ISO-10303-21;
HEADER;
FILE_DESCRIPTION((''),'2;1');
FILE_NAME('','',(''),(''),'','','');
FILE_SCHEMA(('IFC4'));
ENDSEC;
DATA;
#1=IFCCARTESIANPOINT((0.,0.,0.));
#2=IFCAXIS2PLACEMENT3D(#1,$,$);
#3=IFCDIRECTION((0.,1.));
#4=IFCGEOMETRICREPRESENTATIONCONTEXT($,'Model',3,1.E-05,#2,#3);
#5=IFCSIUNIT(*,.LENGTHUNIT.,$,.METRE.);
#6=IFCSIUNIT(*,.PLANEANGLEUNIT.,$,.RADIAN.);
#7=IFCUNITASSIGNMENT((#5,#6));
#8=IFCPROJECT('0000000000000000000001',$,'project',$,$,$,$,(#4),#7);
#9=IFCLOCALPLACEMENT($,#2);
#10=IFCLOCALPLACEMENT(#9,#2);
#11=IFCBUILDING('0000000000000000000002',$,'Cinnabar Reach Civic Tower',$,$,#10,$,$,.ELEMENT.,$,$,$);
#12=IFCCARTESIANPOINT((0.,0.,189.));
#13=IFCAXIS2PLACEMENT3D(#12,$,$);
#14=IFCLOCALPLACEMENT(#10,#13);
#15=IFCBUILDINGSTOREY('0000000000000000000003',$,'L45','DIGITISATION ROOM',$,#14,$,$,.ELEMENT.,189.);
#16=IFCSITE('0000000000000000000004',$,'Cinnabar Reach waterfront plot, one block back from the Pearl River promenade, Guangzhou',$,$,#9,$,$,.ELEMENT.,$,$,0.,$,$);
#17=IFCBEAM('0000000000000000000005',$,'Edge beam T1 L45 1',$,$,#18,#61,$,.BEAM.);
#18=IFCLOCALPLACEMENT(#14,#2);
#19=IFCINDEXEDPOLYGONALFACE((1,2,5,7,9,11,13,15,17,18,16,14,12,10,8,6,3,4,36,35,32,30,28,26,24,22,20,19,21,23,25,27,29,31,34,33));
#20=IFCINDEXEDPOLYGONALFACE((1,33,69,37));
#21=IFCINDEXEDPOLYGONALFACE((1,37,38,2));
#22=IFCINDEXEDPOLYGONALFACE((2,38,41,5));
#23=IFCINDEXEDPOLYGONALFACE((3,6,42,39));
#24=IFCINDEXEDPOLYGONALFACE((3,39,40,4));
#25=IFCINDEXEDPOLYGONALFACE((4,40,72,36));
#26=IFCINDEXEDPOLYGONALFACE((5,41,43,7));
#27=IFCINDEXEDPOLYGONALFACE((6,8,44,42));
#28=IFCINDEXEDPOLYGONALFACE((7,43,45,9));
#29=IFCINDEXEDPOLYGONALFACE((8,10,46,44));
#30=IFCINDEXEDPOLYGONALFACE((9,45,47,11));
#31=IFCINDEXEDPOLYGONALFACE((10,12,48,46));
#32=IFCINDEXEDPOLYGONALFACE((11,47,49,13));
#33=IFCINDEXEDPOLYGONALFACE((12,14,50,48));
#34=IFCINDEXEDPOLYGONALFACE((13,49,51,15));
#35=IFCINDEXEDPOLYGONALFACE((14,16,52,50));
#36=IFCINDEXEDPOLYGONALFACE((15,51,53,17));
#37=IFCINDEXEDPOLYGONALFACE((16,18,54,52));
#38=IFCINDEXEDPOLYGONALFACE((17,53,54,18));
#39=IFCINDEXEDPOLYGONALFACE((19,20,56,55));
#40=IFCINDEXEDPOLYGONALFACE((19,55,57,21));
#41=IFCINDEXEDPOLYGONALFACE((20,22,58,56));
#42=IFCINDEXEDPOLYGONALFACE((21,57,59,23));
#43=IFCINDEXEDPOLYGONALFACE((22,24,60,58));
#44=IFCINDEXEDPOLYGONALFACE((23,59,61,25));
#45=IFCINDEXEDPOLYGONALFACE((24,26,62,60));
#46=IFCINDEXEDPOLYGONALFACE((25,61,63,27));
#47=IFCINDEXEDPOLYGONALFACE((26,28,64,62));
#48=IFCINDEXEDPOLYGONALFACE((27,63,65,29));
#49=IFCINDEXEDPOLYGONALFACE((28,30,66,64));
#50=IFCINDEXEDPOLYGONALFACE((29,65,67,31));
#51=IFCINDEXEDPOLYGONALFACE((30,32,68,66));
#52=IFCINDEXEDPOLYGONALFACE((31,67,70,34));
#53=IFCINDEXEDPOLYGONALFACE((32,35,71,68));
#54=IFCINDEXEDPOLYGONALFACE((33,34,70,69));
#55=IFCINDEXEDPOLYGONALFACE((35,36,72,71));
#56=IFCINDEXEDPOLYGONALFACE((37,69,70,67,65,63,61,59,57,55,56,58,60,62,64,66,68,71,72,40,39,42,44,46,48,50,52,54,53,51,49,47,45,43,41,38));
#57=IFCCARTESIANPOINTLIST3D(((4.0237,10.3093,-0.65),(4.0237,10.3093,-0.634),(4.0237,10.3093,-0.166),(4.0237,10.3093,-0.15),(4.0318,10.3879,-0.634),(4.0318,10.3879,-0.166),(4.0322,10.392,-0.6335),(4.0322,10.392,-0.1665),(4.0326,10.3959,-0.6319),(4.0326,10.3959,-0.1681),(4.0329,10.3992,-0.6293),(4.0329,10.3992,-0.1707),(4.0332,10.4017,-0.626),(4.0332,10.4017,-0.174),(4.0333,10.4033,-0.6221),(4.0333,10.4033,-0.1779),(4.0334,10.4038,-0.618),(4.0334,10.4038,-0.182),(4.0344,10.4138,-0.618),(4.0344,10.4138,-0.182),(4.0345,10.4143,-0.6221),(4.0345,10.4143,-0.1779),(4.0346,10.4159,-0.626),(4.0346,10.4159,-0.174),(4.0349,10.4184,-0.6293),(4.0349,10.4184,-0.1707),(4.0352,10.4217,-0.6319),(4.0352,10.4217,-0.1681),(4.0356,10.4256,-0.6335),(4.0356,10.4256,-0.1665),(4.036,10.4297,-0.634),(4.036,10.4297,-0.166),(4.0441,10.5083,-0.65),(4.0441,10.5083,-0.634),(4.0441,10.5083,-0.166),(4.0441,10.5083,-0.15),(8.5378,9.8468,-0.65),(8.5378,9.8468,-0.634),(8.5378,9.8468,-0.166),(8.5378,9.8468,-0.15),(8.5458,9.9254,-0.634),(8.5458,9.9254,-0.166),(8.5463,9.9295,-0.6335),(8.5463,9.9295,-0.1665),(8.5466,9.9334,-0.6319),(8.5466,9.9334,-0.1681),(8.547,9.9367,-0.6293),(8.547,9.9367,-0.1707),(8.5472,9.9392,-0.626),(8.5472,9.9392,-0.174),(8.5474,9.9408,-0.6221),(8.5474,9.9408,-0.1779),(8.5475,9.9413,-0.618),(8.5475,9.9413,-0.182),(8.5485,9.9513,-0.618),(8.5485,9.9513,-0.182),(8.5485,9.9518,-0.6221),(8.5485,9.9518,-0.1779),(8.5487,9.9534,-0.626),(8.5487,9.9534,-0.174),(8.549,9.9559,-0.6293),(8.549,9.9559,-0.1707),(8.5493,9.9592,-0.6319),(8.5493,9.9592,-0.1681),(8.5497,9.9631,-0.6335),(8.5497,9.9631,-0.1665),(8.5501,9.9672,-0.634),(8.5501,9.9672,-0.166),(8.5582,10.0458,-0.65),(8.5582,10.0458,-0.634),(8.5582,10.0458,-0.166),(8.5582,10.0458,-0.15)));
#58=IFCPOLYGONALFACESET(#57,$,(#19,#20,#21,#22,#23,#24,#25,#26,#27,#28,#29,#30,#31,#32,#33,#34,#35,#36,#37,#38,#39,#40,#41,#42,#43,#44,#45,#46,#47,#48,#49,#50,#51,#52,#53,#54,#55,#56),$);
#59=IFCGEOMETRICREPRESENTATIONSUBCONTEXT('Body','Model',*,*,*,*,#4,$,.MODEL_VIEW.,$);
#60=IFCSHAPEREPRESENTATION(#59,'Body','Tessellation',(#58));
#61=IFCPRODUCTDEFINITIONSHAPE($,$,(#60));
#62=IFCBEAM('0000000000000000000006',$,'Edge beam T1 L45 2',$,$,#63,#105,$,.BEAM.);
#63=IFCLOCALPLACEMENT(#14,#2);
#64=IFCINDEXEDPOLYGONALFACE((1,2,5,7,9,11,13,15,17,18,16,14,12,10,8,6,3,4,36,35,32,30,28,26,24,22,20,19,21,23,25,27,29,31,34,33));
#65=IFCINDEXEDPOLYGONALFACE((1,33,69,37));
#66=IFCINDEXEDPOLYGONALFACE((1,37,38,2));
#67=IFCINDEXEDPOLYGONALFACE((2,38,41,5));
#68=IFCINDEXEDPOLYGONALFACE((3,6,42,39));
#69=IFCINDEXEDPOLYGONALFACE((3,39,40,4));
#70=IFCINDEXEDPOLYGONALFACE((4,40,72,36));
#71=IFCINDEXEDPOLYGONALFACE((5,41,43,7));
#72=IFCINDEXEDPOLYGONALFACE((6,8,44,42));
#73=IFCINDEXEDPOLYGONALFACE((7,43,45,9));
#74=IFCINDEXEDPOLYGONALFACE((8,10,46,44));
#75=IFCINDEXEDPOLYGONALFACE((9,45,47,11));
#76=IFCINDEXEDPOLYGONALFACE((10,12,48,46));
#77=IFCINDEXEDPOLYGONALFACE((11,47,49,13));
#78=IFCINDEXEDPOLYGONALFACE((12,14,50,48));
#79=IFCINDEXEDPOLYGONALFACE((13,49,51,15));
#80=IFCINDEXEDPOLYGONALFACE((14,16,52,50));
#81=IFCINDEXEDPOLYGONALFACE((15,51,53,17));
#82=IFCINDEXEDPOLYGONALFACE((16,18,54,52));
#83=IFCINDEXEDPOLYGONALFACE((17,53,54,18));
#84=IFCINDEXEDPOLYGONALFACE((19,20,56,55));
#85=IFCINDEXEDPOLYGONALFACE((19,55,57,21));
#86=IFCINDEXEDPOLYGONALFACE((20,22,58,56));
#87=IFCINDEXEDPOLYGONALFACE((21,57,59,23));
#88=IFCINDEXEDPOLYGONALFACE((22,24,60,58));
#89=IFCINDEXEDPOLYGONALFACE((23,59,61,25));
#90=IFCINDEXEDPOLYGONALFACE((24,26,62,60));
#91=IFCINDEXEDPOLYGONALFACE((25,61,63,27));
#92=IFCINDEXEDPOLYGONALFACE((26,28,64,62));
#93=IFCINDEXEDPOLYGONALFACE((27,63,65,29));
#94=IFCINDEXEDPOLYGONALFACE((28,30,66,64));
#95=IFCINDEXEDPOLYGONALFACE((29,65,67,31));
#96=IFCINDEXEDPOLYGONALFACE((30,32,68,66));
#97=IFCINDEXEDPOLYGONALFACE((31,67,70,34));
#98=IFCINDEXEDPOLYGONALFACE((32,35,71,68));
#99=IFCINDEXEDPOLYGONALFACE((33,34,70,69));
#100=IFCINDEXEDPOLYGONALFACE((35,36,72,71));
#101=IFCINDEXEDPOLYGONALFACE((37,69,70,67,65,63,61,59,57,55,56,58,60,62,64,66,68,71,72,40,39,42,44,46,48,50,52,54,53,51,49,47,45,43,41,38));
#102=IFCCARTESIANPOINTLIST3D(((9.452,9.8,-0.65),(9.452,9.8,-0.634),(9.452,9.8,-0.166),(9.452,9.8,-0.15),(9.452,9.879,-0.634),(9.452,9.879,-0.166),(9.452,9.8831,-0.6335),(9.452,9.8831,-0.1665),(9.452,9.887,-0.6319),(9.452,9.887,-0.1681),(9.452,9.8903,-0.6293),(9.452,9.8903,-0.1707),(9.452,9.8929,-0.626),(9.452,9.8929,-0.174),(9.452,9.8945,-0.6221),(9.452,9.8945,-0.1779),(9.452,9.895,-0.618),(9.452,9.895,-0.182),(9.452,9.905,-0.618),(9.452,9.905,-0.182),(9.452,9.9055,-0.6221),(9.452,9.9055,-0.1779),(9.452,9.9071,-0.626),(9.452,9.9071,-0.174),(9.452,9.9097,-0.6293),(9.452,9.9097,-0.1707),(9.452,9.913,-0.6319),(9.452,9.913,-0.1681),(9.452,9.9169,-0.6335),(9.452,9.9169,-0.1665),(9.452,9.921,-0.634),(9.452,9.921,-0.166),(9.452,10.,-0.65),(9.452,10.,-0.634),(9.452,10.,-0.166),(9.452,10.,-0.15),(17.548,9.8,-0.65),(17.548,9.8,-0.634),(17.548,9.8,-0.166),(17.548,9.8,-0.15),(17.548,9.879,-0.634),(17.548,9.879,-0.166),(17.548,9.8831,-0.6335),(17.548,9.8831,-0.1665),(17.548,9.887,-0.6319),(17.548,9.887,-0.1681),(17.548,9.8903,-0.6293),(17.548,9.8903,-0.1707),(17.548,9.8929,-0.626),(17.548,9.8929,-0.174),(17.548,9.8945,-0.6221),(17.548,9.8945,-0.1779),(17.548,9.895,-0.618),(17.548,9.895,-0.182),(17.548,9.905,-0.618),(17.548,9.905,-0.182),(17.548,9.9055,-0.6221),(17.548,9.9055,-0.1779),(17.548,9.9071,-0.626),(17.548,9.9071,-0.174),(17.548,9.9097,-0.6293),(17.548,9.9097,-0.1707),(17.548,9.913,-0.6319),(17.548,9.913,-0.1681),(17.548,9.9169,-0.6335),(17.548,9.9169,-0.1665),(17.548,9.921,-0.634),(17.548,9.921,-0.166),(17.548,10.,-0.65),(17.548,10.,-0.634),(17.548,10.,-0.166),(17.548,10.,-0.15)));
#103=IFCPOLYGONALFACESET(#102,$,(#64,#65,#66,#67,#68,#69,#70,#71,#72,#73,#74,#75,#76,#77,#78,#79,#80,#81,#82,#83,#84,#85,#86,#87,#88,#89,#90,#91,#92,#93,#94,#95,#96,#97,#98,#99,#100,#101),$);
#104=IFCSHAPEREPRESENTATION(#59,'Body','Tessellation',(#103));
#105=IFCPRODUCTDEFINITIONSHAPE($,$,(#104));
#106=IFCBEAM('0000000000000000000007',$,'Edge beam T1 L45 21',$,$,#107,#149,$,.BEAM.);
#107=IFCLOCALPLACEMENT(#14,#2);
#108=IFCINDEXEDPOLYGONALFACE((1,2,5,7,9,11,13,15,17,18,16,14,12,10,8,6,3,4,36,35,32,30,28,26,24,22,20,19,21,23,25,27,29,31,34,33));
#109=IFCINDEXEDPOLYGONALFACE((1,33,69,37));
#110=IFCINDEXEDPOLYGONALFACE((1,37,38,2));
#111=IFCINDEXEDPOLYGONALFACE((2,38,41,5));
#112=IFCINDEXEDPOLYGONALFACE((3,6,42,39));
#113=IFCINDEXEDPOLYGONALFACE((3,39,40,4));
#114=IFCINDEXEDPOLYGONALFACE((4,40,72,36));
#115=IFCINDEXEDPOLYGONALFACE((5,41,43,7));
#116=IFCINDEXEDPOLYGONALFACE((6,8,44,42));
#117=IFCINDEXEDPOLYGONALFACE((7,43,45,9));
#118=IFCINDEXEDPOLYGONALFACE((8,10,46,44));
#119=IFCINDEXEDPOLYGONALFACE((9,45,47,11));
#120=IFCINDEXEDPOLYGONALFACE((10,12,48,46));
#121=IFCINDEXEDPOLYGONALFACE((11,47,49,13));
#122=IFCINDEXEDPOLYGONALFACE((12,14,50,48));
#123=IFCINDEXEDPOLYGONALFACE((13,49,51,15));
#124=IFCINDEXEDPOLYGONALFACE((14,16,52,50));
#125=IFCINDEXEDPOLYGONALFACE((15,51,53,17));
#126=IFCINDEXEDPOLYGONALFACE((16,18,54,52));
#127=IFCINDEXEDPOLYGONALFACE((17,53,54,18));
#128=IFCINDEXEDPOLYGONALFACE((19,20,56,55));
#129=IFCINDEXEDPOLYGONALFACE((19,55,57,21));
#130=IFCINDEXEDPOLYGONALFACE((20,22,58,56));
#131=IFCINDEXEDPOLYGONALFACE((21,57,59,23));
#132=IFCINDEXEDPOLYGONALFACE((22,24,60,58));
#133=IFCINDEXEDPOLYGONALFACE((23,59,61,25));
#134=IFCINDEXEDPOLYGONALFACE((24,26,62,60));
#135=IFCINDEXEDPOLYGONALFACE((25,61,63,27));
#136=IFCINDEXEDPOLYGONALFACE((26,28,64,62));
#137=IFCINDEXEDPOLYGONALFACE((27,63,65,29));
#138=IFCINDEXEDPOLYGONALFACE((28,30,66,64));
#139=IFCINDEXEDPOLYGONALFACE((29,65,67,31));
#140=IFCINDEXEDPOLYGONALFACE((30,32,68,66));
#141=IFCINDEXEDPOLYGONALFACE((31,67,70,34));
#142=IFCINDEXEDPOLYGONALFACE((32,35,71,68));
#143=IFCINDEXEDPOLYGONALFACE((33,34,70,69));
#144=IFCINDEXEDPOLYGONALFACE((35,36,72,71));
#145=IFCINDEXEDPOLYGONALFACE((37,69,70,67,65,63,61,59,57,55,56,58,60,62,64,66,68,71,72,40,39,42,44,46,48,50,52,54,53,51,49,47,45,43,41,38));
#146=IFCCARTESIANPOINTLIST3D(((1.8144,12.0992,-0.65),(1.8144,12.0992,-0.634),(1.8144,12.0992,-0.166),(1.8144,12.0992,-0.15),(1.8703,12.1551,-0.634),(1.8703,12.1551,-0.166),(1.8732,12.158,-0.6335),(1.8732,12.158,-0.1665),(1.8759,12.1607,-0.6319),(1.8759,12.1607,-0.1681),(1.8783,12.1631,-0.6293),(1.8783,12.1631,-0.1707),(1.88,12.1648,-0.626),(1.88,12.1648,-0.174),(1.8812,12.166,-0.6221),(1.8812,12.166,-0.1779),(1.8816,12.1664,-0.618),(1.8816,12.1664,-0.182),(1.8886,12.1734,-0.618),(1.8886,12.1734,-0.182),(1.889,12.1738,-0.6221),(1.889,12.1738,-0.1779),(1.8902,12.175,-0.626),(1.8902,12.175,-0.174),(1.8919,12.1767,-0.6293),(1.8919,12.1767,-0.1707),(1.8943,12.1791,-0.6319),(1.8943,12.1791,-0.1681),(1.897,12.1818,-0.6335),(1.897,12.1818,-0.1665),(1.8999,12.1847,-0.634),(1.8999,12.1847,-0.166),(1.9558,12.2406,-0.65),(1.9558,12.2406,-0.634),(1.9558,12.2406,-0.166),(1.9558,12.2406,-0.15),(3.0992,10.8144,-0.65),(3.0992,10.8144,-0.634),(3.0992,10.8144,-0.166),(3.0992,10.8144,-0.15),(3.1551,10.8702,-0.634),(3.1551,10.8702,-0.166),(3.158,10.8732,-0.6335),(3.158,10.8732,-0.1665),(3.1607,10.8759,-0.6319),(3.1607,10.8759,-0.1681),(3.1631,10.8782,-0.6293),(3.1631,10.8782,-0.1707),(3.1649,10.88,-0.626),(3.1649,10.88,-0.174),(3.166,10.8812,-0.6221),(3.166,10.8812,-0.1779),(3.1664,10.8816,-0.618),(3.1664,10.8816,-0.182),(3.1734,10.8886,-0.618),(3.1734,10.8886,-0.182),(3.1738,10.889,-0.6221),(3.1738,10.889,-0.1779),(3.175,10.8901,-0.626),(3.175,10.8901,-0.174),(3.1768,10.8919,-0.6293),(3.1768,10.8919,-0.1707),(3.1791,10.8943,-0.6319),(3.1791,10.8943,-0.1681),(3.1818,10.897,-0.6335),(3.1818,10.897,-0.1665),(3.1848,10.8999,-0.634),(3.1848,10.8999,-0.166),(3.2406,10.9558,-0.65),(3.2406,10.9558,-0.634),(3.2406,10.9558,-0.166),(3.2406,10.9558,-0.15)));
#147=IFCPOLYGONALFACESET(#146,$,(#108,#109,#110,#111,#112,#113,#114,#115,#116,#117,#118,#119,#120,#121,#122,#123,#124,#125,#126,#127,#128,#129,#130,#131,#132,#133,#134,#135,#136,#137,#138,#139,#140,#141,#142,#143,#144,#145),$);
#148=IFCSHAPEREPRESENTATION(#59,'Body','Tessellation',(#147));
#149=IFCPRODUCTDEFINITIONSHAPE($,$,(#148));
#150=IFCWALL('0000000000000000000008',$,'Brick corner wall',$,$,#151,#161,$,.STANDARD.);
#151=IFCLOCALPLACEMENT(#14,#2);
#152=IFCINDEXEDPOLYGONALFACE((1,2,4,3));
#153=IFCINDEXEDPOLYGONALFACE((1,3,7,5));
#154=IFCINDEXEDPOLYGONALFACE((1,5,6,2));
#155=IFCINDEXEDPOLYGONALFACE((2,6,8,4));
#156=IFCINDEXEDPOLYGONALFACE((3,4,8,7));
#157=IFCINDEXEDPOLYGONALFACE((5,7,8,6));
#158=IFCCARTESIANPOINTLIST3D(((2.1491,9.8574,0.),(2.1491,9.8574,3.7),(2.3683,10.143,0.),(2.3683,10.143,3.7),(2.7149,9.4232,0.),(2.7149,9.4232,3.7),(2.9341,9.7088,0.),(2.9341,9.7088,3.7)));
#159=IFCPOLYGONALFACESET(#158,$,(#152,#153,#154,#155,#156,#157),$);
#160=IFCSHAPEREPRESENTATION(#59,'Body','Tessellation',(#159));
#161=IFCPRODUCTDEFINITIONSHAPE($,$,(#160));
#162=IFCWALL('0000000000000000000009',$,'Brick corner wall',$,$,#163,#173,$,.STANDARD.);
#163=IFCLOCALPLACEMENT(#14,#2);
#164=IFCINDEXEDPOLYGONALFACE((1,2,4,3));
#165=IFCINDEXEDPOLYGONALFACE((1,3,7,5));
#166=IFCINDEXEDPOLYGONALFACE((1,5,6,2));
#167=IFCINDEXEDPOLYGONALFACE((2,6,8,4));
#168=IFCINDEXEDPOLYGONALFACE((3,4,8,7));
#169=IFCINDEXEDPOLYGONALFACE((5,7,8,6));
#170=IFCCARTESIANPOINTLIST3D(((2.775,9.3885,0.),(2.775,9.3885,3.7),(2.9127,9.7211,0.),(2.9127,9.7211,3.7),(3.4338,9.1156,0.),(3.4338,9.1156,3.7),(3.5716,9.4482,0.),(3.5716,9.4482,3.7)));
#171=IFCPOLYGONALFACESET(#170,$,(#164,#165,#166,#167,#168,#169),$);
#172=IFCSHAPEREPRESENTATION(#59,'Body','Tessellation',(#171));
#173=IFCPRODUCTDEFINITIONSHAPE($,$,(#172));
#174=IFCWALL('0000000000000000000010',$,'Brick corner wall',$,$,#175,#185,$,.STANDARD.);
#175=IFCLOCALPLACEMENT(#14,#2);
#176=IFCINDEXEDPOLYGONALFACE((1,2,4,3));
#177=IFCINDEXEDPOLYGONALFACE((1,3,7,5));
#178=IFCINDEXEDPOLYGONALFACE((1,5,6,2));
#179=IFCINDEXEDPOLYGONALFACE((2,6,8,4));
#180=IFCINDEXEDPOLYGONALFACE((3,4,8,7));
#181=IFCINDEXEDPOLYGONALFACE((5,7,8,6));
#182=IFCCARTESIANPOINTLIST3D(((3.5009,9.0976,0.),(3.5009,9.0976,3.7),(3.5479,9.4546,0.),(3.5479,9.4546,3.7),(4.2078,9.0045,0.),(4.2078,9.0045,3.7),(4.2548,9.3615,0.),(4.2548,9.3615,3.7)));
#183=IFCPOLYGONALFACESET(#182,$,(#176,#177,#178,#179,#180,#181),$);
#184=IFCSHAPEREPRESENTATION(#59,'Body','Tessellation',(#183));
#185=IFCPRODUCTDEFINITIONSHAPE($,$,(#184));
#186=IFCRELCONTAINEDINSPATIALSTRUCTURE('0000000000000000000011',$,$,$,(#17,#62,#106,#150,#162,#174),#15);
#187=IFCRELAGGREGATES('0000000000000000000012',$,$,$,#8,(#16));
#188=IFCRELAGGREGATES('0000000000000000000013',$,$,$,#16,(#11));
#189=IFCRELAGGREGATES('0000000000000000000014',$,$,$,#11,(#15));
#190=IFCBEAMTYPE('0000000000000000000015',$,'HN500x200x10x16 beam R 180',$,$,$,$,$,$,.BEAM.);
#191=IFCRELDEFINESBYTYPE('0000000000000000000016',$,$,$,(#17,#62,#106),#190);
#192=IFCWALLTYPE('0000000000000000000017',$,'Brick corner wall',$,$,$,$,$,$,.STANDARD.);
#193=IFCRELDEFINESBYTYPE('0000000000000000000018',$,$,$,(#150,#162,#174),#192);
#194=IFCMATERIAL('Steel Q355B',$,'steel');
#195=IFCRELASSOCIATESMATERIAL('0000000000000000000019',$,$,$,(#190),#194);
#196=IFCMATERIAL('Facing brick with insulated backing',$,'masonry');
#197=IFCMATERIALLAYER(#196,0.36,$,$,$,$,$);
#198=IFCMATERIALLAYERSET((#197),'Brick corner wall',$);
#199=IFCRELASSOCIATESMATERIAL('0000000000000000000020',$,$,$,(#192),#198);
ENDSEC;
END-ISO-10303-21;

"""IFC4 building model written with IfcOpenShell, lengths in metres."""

from ifc_helpers import new_model, si_unit, direction, frame, frame_2d, origin, origin_2d, place, context, subcontext, project, spatial, rectangle, i_section, extrude, material, layer, layer_set, material_profile, profile_set, type_object, element, save


model = new_model("IFC4")

# Units and contexts
model_context = context("Model", 3, precision=1e-05, world=origin(), true_north=direction((0.0, 1.0)))
body_context = subcontext(model_context, "Body", "Model", "MODEL_VIEW")
ifc_project = project(units=[si_unit("LENGTHUNIT", "METRE"), si_unit("PLANEANGLEUNIT", "RADIAN")], contexts=[model_context])

# Site, building, storey
site_placement = place(None, origin())
site = spatial("IfcSite", under=ifc_project, at=site_placement, Name="Cinnabar Reach waterfront plot, one block back from the Pearl River promenade, Guangzhou", CompositionType="ELEMENT", RefElevation=0.0)
building_placement = place(site_placement, origin())
building = spatial("IfcBuilding", under=site, at=building_placement, Name="Cinnabar Reach Civic Tower", CompositionType="ELEMENT")
storey_placement = place(building_placement, frame((0.0, 0.0, 189.0)))
storey = spatial("IfcBuildingStorey", under=building, at=storey_placement, Name="L45", Description="DIGITISATION ROOM", CompositionType="ELEMENT", Elevation=189.0)

# Beams
ifc_material_1 = material(Name="Steel Q355B", Category="steel")
ifc_material_profile_1 = material_profile(ifc_material_1, i_section(OverallWidth=0.2, OverallDepth=0.5, WebThickness=0.01, FlangeThickness=0.016, FilletRadius=0.016, at=origin_2d()), Name="HN500x200x10x16")
ifc_profile_set_1 = profile_set([ifc_material_profile_1], Name="Steel Q355B")
beam_type_1 = type_object("IfcBeamType", Name="HN500x200x10x16 beam R 180", PredefinedType="BEAM", material=ifc_profile_set_1)
beam_1_placement = place(storey_placement, frame((4.0339, 10.4088, -0.4), z_axis=(0.994792, -0.101923, 0.0), x_axis=(0.101923, 0.994792, 0.0)))
element("IfcBeam", 1, at=beam_1_placement, inside=storey, type_object=beam_type_1, Name="Edge beam T1 L45 1", PredefinedType="BEAM", context=body_context, shape_type="SweptSolid", body=[
    extrude(i_section(OverallWidth=0.2, OverallDepth=0.5, WebThickness=0.01, FlangeThickness=0.016, FilletRadius=0.016, at=origin_2d()), origin(), (0.0, 0.0, 1.0), 4.5377),
])
beam_2_placement = place(storey_placement, frame((9.452, 9.9, -0.4), z_axis=(1.0, 0.0, 0.0), x_axis=(0.0, 1.0, 0.0)))
element("IfcBeam", 2, at=beam_2_placement, inside=storey, type_object=beam_type_1, Name="Edge beam T1 L45 2", PredefinedType="BEAM", context=body_context, shape_type="SweptSolid", body=[
    extrude(i_section(OverallWidth=0.2, OverallDepth=0.5, WebThickness=0.01, FlangeThickness=0.016, FilletRadius=0.016, at=origin_2d()), origin(), (0.0, 0.0, 1.0), 8.096),
])
beam_3_placement = place(storey_placement, frame((1.8851, 12.1699, -0.4), z_axis=(0.707107, -0.707107, 0.0), x_axis=(0.707107, 0.707107, 0.0)))
element("IfcBeam", 3, at=beam_3_placement, inside=storey, type_object=beam_type_1, Name="Edge beam T1 L45 21", PredefinedType="BEAM", context=body_context, shape_type="SweptSolid", body=[
    extrude(i_section(OverallWidth=0.2, OverallDepth=0.5, WebThickness=0.01, FlangeThickness=0.016, FilletRadius=0.016, at=origin_2d()), origin(), (0.0, 0.0, 1.0), 1.817),
])

# Walls
ifc_material_2 = material(Name="Facing brick with insulated backing", Category="masonry")
ifc_layer_1 = layer(ifc_material_2, 0.36)
ifc_layer_set_1 = layer_set([ifc_layer_1], Name="Brick corner wall")
wall_type_1 = type_object("IfcWallType", Name="Brick corner wall", PredefinedType="STANDARD", material=ifc_layer_set_1)
wall_1_placement = place(storey_placement, frame((2.2587, 10.0002, 0.0), z_axis=(0.0, 0.0, 1.0), x_axis=(0.793322, -0.608802, 0.0)))
element("IfcWall", 4, at=wall_1_placement, inside=storey, type_object=wall_type_1, Name="Brick corner wall", PredefinedType="STANDARD", context=body_context, shape_type="SweptSolid", body=[
    extrude(rectangle(XDim=0.7132, YDim=0.36, at=frame_2d((0.3566, 0.0))), origin(), (0.0, 0.0, 1.0), 3.7),
])
for number, where, z_axis, x_axis, name in (
    (5, (2.8439, 9.5548, 0.0), (0.0, 0.0, 1.0), (0.923872, -0.382703, 0.0), "Brick corner wall"),
    (6, (3.5244, 9.2761, 0.0), (0.0, 0.0, 1.0), (0.991441, -0.130556, 0.0), "Brick corner wall"),
):
    element("IfcWall", number, at=place(storey_placement, frame(where, z_axis=z_axis, x_axis=x_axis)), inside=storey, type_object=wall_type_1, Name=name, PredefinedType="STANDARD", context=body_context, shape_type="SweptSolid", body=[
        extrude(rectangle(XDim=0.7131, YDim=0.36, at=frame_2d((0.3565, 0.0))), origin(), (0.0, 0.0, 1.0), 3.7),
    ])

save(model, "model.ifc")
